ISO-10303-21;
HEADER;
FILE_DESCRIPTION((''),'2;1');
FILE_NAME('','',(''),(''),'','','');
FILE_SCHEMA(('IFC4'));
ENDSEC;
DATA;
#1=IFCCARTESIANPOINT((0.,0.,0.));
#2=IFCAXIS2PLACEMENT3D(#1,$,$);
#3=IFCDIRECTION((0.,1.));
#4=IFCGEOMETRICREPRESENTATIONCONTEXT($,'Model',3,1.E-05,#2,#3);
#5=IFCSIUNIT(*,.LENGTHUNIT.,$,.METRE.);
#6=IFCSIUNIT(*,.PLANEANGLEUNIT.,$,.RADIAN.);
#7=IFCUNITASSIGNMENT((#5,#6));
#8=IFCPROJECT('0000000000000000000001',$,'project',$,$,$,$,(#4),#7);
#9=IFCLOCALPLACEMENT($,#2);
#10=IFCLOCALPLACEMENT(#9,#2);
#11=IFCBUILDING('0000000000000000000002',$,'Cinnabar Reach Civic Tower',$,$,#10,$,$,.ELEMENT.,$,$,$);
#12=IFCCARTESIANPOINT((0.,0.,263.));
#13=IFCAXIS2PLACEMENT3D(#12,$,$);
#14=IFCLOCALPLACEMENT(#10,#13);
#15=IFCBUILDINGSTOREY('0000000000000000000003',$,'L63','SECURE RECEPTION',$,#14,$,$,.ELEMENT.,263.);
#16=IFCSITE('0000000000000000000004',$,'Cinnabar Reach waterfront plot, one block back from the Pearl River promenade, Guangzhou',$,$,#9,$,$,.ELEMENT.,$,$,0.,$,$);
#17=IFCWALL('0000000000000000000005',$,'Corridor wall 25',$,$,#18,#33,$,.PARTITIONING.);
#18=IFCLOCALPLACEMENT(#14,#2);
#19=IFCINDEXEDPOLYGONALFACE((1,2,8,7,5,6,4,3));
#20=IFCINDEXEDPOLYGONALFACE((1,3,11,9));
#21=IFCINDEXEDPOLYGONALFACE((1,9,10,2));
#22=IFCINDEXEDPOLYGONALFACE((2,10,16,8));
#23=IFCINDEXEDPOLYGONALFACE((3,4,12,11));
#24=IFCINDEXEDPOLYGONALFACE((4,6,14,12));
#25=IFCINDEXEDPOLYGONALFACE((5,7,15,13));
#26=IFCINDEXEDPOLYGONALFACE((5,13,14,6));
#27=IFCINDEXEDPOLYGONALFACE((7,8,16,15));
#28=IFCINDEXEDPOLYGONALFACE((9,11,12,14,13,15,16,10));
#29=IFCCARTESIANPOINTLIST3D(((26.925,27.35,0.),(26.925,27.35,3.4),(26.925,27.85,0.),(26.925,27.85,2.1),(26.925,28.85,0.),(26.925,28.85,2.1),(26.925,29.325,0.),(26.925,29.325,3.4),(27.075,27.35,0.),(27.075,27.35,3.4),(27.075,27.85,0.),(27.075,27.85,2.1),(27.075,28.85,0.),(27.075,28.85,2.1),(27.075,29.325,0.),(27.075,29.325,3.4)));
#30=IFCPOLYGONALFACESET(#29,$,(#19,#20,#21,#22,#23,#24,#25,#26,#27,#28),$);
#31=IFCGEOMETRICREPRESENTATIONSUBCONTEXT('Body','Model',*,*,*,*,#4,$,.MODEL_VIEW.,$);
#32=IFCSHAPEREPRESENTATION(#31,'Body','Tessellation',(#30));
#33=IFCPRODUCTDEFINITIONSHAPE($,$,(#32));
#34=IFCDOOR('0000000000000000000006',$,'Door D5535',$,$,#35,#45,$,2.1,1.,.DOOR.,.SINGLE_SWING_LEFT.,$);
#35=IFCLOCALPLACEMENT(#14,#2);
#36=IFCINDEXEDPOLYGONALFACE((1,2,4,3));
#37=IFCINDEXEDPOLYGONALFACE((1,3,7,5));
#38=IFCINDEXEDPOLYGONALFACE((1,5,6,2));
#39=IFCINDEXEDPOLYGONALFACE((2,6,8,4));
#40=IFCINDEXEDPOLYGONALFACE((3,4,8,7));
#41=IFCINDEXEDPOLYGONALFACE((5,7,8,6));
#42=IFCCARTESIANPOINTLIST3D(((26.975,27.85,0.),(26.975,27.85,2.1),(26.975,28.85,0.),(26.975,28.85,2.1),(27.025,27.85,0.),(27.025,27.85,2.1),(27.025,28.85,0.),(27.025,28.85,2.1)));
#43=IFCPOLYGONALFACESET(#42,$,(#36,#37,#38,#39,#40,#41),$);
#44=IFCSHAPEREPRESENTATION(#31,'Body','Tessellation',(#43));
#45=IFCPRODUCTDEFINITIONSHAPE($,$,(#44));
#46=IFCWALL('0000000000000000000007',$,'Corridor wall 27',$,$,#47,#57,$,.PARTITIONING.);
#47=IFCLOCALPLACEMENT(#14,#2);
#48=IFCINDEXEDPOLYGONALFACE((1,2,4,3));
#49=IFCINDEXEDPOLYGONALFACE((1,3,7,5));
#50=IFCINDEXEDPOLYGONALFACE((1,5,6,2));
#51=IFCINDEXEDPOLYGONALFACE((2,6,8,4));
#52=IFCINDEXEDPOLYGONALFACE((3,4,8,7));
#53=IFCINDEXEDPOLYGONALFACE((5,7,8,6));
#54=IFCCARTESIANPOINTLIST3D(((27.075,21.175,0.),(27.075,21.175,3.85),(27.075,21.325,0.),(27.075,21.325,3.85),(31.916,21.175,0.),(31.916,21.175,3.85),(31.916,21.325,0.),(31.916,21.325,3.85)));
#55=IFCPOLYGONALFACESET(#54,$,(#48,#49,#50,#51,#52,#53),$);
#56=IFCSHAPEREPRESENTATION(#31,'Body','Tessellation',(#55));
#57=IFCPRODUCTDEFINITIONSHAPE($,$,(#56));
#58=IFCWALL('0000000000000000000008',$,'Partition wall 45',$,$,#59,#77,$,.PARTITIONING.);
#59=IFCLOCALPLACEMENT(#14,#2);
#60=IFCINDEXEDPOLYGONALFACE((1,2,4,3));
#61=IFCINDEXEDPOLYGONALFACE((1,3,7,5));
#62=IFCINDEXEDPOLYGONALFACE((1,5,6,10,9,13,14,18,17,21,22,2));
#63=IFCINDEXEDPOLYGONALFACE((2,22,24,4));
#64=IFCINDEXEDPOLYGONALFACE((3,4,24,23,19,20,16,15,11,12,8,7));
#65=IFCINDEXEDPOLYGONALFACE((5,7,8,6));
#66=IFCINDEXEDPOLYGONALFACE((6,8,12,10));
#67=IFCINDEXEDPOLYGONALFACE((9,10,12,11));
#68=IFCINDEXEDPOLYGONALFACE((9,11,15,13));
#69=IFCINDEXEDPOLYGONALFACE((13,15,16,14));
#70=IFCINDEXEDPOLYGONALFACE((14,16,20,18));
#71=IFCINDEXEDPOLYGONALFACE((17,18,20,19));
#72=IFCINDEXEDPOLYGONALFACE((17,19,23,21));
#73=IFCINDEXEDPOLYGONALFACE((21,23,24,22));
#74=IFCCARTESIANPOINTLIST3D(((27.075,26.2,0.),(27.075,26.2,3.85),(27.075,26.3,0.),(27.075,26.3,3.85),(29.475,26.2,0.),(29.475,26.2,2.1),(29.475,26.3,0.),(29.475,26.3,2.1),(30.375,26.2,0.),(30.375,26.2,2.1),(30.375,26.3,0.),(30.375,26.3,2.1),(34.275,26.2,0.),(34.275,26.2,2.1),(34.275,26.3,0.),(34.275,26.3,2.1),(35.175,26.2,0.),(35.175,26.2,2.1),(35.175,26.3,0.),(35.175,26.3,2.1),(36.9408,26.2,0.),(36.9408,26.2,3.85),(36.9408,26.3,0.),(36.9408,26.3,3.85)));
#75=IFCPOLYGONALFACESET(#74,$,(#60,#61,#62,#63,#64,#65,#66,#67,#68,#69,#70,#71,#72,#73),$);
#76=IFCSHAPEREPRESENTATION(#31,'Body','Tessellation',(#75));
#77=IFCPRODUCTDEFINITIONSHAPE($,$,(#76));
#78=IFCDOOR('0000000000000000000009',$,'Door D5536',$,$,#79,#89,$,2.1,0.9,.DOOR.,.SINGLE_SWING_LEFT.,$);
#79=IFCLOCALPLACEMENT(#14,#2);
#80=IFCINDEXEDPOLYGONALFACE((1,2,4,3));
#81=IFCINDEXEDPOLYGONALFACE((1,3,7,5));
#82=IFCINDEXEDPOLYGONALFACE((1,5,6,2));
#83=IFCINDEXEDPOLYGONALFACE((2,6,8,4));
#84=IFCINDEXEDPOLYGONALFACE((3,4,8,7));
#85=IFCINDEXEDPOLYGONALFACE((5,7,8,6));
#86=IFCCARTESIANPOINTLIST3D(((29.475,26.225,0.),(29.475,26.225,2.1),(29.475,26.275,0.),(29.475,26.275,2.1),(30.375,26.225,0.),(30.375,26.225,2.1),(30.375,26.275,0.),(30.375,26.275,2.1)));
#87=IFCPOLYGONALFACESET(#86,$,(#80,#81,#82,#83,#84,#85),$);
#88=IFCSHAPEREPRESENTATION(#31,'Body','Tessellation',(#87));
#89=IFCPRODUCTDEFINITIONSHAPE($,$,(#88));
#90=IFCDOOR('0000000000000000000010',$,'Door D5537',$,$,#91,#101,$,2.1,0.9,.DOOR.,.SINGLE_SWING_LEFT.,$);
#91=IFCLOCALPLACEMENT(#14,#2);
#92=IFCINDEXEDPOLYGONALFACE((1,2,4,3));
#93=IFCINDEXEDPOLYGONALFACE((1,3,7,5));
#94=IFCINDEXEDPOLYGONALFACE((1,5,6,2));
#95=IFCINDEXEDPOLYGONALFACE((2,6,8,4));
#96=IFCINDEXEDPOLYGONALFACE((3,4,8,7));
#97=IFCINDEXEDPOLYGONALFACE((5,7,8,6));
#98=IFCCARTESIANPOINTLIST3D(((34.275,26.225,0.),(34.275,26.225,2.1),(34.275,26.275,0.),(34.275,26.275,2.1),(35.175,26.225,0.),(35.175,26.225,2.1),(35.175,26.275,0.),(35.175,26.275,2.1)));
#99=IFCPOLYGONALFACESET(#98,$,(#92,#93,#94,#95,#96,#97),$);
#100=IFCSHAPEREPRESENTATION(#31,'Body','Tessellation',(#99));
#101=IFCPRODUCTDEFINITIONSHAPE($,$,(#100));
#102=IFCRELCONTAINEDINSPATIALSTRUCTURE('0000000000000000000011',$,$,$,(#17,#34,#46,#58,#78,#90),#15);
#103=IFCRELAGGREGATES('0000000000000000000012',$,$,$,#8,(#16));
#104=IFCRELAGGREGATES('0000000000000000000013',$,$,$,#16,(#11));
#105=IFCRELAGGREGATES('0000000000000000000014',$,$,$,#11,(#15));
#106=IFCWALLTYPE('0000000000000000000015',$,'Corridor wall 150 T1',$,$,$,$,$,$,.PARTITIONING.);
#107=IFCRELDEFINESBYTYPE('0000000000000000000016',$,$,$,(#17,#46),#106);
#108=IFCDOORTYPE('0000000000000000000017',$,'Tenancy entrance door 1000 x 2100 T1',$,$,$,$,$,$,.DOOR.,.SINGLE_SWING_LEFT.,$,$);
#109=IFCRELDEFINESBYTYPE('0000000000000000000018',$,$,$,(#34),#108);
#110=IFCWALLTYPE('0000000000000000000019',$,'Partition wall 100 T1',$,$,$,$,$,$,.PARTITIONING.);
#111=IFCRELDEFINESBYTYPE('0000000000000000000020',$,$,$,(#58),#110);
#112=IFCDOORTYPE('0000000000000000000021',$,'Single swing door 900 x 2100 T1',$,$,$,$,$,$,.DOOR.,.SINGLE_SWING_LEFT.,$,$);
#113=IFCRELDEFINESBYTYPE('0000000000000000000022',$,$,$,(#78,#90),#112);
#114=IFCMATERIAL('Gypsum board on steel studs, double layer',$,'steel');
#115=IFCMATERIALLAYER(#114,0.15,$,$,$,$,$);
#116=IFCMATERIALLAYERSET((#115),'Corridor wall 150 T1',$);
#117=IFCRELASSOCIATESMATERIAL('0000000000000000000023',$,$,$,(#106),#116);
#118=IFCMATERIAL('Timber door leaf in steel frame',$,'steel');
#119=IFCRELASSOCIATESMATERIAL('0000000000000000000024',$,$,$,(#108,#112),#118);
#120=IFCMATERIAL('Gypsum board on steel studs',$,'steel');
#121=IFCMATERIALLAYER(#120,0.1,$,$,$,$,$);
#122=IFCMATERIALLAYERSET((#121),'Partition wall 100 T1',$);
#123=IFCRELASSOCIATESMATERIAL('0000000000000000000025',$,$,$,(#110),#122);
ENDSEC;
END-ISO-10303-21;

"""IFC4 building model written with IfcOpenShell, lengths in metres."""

from ifc_helpers import new_model, si_unit, direction, frame, frame_2d, origin, place, context, subcontext, project, spatial, rectangle, extrude, material, layer, layer_set, type_object, element, fill, save


model = new_model("IFC4")

# Units and contexts
model_context = context("Model", 3, precision=1e-05, world=origin(), true_north=direction((0.0, 1.0)))
body_context = subcontext(model_context, "Body", "Model", "MODEL_VIEW")
ifc_project = project(units=[si_unit("LENGTHUNIT", "METRE"), si_unit("PLANEANGLEUNIT", "RADIAN")], contexts=[model_context])

# Site, building, storey
site_placement = place(None, origin())
site = spatial("IfcSite", under=ifc_project, at=site_placement, Name="Cinnabar Reach waterfront plot, one block back from the Pearl River promenade, Guangzhou", CompositionType="ELEMENT", RefElevation=0.0)
building_placement = place(site_placement, origin())
building = spatial("IfcBuilding", under=site, at=building_placement, Name="Cinnabar Reach Civic Tower", CompositionType="ELEMENT")
storey_placement = place(building_placement, frame((0.0, 0.0, 263.0)))
storey = spatial("IfcBuildingStorey", under=building, at=storey_placement, Name="L63", Description="SECURE RECEPTION", CompositionType="ELEMENT", Elevation=263.0)

# Shared definitions
ifc_material_1 = material(Name="Timber door leaf in steel frame", Category="steel")

# Shared definitions
ifc_material_2 = material(Name="Gypsum board on steel studs, double layer", Category="steel")
ifc_layer_1 = layer(ifc_material_2, 0.15)
ifc_layer_set_1 = layer_set([ifc_layer_1], Name="Corridor wall 150 T1")
wall_type_1 = type_object("IfcWallType", Name="Corridor wall 150 T1", PredefinedType="PARTITIONING", material=ifc_layer_set_1)

# Wall, opening, door
wall_1_placement = place(storey_placement, frame((27.0, 27.35, 0.0), z_axis=(0.0, 0.0, 1.0), x_axis=(0.0, 1.0, 0.0)))
wall_1 = element("IfcWall", 1, at=wall_1_placement, inside=storey, type_object=wall_type_1, Name="Corridor wall 25", PredefinedType="PARTITIONING", context=body_context, shape_type="SweptSolid", body=[
    extrude(rectangle(XDim=1.975, YDim=0.15, at=frame_2d((0.9875, 0.0))), origin(), (0.0, 0.0, 1.0), 3.4),
])
opening_1_placement = place(wall_1_placement, frame((0.5, 0.0, 0.0)))
opening_1 = element("IfcOpeningElement", 2, at=opening_1_placement, cuts=wall_1, PredefinedType="OPENING", context=body_context, shape_type="SweptSolid", body=[
    extrude(rectangle(XDim=1.0, YDim=2.1, at=frame_2d((0.5, 1.05))), frame((0.0, 0.085, 0.0), z_axis=(0.0, -1.0, 0.0), x_axis=(1.0, 0.0, 0.0)), (0.0, 0.0, 1.0), 0.17),
])
door_type_1 = type_object("IfcDoorType", Name="Tenancy entrance door 1000 x 2100 T1", OperationType="SINGLE_SWING_LEFT", PredefinedType="DOOR", material=ifc_material_1)
door_1_placement = place(opening_1_placement, frame((1.0, 0.0, 0.0), z_axis=(0.0, 0.0, 1.0), x_axis=(-1.0, 0.0, 0.0)))
door_1 = element("IfcDoor", 3, at=door_1_placement, inside=storey, type_object=door_type_1, Name="Door D5535", OperationType="SINGLE_SWING_LEFT", OverallHeight=2.1, OverallWidth=1.0, PredefinedType="DOOR", context=body_context, shape_type="SweptSolid", body=[
    extrude(rectangle(XDim=1.0, YDim=2.1, at=frame_2d((0.5, 1.05))), frame((0.0, 0.025, 0.0), z_axis=(0.0, -1.0, 0.0), x_axis=(1.0, 0.0, 0.0)), (0.0, 0.0, 1.0), 0.05),
])
fill(opening_1, door_1)

# Wall
wall_2_placement = place(storey_placement, frame((27.075, 21.25, 0.0), z_axis=(0.0, 0.0, 1.0), x_axis=(1.0, 0.0, 0.0)))
element("IfcWall", 4, at=wall_2_placement, inside=storey, type_object=wall_type_1, Name="Corridor wall 27", PredefinedType="PARTITIONING", context=body_context, shape_type="SweptSolid", body=[
    extrude(rectangle(XDim=4.841, YDim=0.15, at=frame_2d((2.4205, 0.0))), origin(), (0.0, 0.0, 1.0), 3.85),
])

# Wall, openings, doors
ifc_material_3 = material(Name="Gypsum board on steel studs", Category="steel")
ifc_layer_2 = layer(ifc_material_3, 0.1)
ifc_layer_set_2 = layer_set([ifc_layer_2], Name="Partition wall 100 T1")
wall_type_2 = type_object("IfcWallType", Name="Partition wall 100 T1", PredefinedType="PARTITIONING", material=ifc_layer_set_2)
wall_3_placement = place(storey_placement, frame((27.075, 26.25, 0.0), z_axis=(0.0, 0.0, 1.0), x_axis=(1.0, 0.0, 0.0)))
wall_3 = element("IfcWall", 5, at=wall_3_placement, inside=storey, type_object=wall_type_2, Name="Partition wall 45", PredefinedType="PARTITIONING", context=body_context, shape_type="SweptSolid", body=[
    extrude(rectangle(XDim=9.8659, YDim=0.1, at=frame_2d((4.9329, 0.0))), origin(), (0.0, 0.0, 1.0), 3.85),
])
opening_2_placement = place(wall_3_placement, frame((2.4, 0.0, 0.0)))
opening_2 = element("IfcOpeningElement", 6, at=opening_2_placement, cuts=wall_3, PredefinedType="OPENING", context=body_context, shape_type="SweptSolid", body=[
    extrude(rectangle(XDim=0.9, YDim=2.1, at=frame_2d((0.45, 1.05))), frame((0.0, 0.06, 0.0), z_axis=(0.0, -1.0, 0.0), x_axis=(1.0, 0.0, 0.0)), (0.0, 0.0, 1.0), 0.12),
])
opening_3_placement = place(wall_3_placement, frame((7.2, 0.0, 0.0)))
opening_3 = element("IfcOpeningElement", 7, at=opening_3_placement, cuts=wall_3, PredefinedType="OPENING", context=body_context, shape_type="SweptSolid", body=[
    extrude(rectangle(XDim=0.9, YDim=2.1, at=frame_2d((0.45, 1.05))), frame((0.0, 0.06, 0.0), z_axis=(0.0, -1.0, 0.0), x_axis=(1.0, 0.0, 0.0)), (0.0, 0.0, 1.0), 0.12),
])
door_type_2 = type_object("IfcDoorType", Name="Single swing door 900 x 2100 T1", OperationType="SINGLE_SWING_LEFT", PredefinedType="DOOR", material=ifc_material_1)
door_2_placement = place(opening_2_placement, frame((0.9, 0.0, 0.0), z_axis=(0.0, 0.0, 1.0), x_axis=(-1.0, 0.0, 0.0)))
door_2 = element("IfcDoor", 8, at=door_2_placement, inside=storey, type_object=door_type_2, Name="Door D5536", OperationType="SINGLE_SWING_LEFT", OverallHeight=2.1, OverallWidth=0.9, PredefinedType="DOOR", context=body_context, shape_type="SweptSolid", body=[
    extrude(rectangle(XDim=0.9, YDim=2.1, at=frame_2d((0.45, 1.05))), frame((0.0, 0.025, 0.0), z_axis=(0.0, -1.0, 0.0), x_axis=(1.0, 0.0, 0.0)), (0.0, 0.0, 1.0), 0.05),
])
fill(opening_2, door_2)
door_3_placement = place(opening_3_placement, frame((0.9, 0.0, 0.0), z_axis=(0.0, 0.0, 1.0), x_axis=(-1.0, 0.0, 0.0)))
door_3 = element("IfcDoor", 9, at=door_3_placement, inside=storey, type_object=door_type_2, Name="Door D5537", OperationType="SINGLE_SWING_LEFT", OverallHeight=2.1, OverallWidth=0.9, PredefinedType="DOOR", context=body_context, shape_type="SweptSolid", body=[
    extrude(rectangle(XDim=0.9, YDim=2.1, at=frame_2d((0.45, 1.05))), frame((0.0, 0.025, 0.0), z_axis=(0.0, -1.0, 0.0), x_axis=(1.0, 0.0, 0.0)), (0.0, 0.0, 1.0), 0.05),
])
fill(opening_3, door_3)

save(model, "model.ifc")
